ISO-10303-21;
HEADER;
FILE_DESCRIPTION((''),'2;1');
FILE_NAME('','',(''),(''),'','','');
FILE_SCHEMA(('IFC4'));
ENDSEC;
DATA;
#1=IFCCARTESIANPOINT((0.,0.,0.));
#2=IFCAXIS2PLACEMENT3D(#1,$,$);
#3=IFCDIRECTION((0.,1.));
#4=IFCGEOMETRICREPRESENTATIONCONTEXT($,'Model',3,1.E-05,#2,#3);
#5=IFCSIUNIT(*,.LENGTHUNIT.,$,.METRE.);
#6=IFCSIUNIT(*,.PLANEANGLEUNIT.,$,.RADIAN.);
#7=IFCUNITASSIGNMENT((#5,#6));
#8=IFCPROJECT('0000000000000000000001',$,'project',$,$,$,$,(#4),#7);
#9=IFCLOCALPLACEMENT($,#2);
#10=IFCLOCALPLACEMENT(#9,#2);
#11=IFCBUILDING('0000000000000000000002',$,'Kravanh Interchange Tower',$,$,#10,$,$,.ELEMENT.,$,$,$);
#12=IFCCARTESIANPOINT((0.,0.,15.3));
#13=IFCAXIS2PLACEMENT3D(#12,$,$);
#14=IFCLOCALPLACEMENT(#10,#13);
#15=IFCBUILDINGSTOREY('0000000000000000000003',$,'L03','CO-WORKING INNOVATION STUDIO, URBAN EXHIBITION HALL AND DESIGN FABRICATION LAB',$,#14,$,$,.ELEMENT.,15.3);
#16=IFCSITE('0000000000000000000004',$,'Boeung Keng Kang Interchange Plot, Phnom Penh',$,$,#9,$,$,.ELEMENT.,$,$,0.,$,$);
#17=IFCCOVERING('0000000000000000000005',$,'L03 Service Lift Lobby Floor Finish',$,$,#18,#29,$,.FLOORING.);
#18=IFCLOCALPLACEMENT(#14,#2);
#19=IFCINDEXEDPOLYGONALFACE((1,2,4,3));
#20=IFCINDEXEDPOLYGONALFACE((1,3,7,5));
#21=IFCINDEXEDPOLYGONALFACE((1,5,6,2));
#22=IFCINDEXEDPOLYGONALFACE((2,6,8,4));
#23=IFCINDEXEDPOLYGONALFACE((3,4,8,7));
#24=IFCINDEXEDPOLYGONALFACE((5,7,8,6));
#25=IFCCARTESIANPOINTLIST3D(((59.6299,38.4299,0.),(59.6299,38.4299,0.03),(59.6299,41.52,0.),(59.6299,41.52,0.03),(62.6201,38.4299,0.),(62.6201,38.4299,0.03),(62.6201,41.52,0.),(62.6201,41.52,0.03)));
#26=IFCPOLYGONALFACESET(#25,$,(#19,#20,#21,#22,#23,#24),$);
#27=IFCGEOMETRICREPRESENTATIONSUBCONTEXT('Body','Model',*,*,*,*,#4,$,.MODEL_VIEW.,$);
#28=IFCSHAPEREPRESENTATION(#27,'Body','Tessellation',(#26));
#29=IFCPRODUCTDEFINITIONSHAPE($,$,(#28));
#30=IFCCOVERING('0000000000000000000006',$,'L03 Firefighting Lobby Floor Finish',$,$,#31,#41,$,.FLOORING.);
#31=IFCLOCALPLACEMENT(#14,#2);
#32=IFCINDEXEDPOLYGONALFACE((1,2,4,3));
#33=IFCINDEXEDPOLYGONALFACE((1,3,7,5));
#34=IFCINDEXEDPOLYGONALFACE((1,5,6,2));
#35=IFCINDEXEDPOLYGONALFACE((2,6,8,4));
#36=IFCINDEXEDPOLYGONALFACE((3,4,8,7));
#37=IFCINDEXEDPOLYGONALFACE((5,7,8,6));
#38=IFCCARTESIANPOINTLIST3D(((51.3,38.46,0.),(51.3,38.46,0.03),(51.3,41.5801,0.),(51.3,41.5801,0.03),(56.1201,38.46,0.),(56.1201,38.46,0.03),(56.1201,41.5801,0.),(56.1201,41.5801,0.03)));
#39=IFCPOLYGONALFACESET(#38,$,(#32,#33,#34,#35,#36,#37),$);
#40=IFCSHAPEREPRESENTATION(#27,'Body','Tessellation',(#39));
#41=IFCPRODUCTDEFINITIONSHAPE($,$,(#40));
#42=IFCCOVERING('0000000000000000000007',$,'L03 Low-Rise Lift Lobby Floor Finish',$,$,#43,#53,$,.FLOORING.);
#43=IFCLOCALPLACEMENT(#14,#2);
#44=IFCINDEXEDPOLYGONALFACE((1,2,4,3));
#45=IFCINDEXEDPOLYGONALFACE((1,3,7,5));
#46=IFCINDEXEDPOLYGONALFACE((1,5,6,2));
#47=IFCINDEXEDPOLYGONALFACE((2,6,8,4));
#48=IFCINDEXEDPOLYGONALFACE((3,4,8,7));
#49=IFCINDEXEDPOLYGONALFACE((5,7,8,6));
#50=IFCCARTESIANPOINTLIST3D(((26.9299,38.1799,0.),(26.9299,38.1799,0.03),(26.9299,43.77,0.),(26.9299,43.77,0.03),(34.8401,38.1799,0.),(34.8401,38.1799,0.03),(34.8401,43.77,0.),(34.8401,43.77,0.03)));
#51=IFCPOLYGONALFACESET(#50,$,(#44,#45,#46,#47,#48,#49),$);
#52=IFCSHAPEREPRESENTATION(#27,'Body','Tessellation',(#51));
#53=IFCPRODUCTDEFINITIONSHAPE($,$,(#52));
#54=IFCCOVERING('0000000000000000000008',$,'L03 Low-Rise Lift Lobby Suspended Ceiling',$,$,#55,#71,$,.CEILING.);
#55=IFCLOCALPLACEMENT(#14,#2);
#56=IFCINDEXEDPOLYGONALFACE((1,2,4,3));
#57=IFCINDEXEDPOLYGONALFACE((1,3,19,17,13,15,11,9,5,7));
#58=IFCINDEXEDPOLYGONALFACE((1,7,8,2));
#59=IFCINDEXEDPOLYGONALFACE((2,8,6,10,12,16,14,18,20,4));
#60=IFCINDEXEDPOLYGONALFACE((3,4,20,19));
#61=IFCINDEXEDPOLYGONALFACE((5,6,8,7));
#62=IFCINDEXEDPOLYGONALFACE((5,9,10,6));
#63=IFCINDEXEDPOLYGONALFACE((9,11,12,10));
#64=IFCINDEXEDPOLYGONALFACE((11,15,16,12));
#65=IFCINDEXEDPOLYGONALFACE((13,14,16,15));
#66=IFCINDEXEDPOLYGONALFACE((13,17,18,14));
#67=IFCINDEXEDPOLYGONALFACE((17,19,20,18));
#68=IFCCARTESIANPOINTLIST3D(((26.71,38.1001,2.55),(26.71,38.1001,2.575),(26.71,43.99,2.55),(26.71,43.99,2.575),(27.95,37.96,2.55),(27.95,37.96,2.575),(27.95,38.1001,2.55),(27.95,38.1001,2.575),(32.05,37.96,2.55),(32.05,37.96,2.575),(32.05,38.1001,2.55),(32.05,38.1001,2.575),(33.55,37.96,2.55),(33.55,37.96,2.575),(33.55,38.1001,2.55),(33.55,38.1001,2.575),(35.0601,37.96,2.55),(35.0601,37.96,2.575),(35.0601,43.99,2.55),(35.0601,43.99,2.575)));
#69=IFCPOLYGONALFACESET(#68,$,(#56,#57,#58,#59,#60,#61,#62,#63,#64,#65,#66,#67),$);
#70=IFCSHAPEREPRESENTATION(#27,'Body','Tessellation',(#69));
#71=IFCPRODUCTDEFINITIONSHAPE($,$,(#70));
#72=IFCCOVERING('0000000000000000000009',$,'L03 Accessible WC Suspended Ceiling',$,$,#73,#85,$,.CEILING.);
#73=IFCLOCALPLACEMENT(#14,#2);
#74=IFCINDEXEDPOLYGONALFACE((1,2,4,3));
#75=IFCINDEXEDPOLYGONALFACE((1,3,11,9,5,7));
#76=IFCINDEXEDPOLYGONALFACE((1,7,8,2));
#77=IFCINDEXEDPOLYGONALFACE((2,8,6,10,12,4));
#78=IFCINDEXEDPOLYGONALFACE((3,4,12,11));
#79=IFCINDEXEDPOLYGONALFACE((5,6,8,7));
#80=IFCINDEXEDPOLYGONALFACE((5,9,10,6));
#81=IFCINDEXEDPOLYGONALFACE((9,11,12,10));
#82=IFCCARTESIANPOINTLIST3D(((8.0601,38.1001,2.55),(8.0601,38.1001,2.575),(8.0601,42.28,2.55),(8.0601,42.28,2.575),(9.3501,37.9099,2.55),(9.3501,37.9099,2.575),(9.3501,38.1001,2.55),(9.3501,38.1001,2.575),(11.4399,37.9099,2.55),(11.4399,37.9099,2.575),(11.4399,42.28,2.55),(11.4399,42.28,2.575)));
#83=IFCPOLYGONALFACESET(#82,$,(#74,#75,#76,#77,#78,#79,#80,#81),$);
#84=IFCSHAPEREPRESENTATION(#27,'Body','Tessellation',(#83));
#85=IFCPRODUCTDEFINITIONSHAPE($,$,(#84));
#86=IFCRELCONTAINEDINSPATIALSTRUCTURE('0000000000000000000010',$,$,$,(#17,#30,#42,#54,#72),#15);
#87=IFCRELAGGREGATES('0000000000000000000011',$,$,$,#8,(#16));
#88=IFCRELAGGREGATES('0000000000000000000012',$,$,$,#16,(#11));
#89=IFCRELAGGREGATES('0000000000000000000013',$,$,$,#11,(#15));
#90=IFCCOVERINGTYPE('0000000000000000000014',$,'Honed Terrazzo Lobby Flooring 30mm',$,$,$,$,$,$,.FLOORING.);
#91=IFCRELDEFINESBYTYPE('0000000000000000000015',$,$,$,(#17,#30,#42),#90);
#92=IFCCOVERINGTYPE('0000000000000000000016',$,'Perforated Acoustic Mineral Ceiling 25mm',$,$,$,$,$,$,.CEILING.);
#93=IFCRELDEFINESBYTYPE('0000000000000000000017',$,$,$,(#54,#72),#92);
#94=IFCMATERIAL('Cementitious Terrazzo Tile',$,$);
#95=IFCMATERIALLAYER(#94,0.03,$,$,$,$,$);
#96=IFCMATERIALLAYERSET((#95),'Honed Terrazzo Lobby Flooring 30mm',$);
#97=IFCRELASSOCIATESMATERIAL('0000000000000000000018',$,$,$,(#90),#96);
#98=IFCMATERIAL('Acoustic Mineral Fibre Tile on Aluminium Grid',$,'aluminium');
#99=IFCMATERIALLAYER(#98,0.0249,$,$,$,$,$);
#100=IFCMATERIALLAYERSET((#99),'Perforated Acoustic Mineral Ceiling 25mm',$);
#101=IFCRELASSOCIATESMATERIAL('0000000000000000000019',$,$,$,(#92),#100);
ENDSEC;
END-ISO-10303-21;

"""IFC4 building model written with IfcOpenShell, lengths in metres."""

from ifc_helpers import new_model, si_unit, direction, frame, origin, place, context, subcontext, project, spatial, polyline, outline, extrude, material, layer, layer_set, type_object, element, save


model = new_model("IFC4")

# Units and contexts
model_context = context("Model", 3, precision=1e-05, world=origin(), true_north=direction((0.0, 1.0)))
body_context = subcontext(model_context, "Body", "Model", "MODEL_VIEW")
ifc_project = project(units=[si_unit("LENGTHUNIT", "METRE"), si_unit("PLANEANGLEUNIT", "RADIAN")], contexts=[model_context])

# Site, building, storey
site_placement = place(None, origin())
site = spatial("IfcSite", under=ifc_project, at=site_placement, Name="Boeung Keng Kang Interchange Plot, Phnom Penh", CompositionType="ELEMENT", RefElevation=0.0)
building_placement = place(site_placement, origin())
building = spatial("IfcBuilding", under=site, at=building_placement, Name="Kravanh Interchange Tower", CompositionType="ELEMENT")
storey_placement = place(building_placement, frame((0.0, 0.0, 15.3)))
storey = spatial("IfcBuildingStorey", under=building, at=storey_placement, Name="L03", Description="CO-WORKING INNOVATION STUDIO, URBAN EXHIBITION HALL AND DESIGN FABRICATION LAB", CompositionType="ELEMENT", Elevation=15.3)

# Coverings
ifc_material_1 = material(Name="Cementitious Terrazzo Tile")
ifc_layer_1 = layer(ifc_material_1, 0.03)
ifc_layer_set_1 = layer_set([ifc_layer_1], Name="Honed Terrazzo Lobby Flooring 30mm")
covering_type_1 = type_object("IfcCoveringType", Name="Honed Terrazzo Lobby Flooring 30mm", PredefinedType="FLOORING", material=ifc_layer_set_1)
covering_1_placement = place(storey_placement, origin())
element("IfcCovering", 1, at=covering_1_placement, inside=storey, type_object=covering_type_1, Name="L03 Service Lift Lobby Floor Finish", PredefinedType="FLOORING", context=body_context, shape_type="SweptSolid", body=[
    extrude(outline(polyline([(59.6299, 41.52), (62.6201, 41.52), (62.6201, 38.4299), (59.6299, 38.4299), (59.6299, 41.52)])), origin(), (0.0, 0.0, 1.0), 0.03),
])
covering_2_placement = place(storey_placement, origin())
element("IfcCovering", 2, at=covering_2_placement, inside=storey, type_object=covering_type_1, Name="L03 Firefighting Lobby Floor Finish", PredefinedType="FLOORING", context=body_context, shape_type="SweptSolid", body=[
    extrude(outline(polyline([(56.1201, 38.46), (51.3, 38.46), (51.3, 41.5801), (56.1201, 41.5801), (56.1201, 38.46)])), origin(), (0.0, 0.0, 1.0), 0.03),
])
covering_3_placement = place(storey_placement, origin())
element("IfcCovering", 3, at=covering_3_placement, inside=storey, type_object=covering_type_1, Name="L03 Low-Rise Lift Lobby Floor Finish", PredefinedType="FLOORING", context=body_context, shape_type="SweptSolid", body=[
    extrude(outline(polyline([(26.9299, 43.77), (34.8401, 43.77), (34.8401, 38.1799), (26.9299, 38.1799), (26.9299, 43.77)])), origin(), (0.0, 0.0, 1.0), 0.03),
])
ifc_material_2 = material(Name="Acoustic Mineral Fibre Tile on Aluminium Grid", Category="aluminium")
ifc_layer_2 = layer(ifc_material_2, 0.0249)
ifc_layer_set_2 = layer_set([ifc_layer_2], Name="Perforated Acoustic Mineral Ceiling 25mm")
covering_type_2 = type_object("IfcCoveringType", Name="Perforated Acoustic Mineral Ceiling 25mm", PredefinedType="CEILING", material=ifc_layer_set_2)
covering_4_placement = place(storey_placement, frame((0.0, 0.0, 2.55)))
element("IfcCovering", 4, at=covering_4_placement, inside=storey, type_object=covering_type_2, Name="L03 Low-Rise Lift Lobby Suspended Ceiling", PredefinedType="CEILING", context=body_context, shape_type="SweptSolid", body=[
    extrude(outline(polyline([(35.0601, 37.96), (33.55, 37.96), (33.55, 38.1001), (32.05, 38.1001), (32.05, 37.96), (27.95, 37.96), (27.95, 38.1001), (26.71, 38.1001), (26.71, 43.99), (35.0601, 43.99), (35.0601, 37.96)])), origin(), (0.0, 0.0, 1.0), 0.0249),
])
covering_5_placement = place(storey_placement, frame((0.0, 0.0, 2.55)))
element("IfcCovering", 5, at=covering_5_placement, inside=storey, type_object=covering_type_2, Name="L03 Accessible WC Suspended Ceiling", PredefinedType="CEILING", context=body_context, shape_type="SweptSolid", body=[
    extrude(outline(polyline([(8.0601, 42.28), (11.4399, 42.28), (11.4399, 37.9099), (9.3501, 37.9099), (9.3501, 38.1001), (8.0601, 38.1001), (8.0601, 42.28)])), origin(), (0.0, 0.0, 1.0), 0.0249),
])

save(model, "model.ifc")
